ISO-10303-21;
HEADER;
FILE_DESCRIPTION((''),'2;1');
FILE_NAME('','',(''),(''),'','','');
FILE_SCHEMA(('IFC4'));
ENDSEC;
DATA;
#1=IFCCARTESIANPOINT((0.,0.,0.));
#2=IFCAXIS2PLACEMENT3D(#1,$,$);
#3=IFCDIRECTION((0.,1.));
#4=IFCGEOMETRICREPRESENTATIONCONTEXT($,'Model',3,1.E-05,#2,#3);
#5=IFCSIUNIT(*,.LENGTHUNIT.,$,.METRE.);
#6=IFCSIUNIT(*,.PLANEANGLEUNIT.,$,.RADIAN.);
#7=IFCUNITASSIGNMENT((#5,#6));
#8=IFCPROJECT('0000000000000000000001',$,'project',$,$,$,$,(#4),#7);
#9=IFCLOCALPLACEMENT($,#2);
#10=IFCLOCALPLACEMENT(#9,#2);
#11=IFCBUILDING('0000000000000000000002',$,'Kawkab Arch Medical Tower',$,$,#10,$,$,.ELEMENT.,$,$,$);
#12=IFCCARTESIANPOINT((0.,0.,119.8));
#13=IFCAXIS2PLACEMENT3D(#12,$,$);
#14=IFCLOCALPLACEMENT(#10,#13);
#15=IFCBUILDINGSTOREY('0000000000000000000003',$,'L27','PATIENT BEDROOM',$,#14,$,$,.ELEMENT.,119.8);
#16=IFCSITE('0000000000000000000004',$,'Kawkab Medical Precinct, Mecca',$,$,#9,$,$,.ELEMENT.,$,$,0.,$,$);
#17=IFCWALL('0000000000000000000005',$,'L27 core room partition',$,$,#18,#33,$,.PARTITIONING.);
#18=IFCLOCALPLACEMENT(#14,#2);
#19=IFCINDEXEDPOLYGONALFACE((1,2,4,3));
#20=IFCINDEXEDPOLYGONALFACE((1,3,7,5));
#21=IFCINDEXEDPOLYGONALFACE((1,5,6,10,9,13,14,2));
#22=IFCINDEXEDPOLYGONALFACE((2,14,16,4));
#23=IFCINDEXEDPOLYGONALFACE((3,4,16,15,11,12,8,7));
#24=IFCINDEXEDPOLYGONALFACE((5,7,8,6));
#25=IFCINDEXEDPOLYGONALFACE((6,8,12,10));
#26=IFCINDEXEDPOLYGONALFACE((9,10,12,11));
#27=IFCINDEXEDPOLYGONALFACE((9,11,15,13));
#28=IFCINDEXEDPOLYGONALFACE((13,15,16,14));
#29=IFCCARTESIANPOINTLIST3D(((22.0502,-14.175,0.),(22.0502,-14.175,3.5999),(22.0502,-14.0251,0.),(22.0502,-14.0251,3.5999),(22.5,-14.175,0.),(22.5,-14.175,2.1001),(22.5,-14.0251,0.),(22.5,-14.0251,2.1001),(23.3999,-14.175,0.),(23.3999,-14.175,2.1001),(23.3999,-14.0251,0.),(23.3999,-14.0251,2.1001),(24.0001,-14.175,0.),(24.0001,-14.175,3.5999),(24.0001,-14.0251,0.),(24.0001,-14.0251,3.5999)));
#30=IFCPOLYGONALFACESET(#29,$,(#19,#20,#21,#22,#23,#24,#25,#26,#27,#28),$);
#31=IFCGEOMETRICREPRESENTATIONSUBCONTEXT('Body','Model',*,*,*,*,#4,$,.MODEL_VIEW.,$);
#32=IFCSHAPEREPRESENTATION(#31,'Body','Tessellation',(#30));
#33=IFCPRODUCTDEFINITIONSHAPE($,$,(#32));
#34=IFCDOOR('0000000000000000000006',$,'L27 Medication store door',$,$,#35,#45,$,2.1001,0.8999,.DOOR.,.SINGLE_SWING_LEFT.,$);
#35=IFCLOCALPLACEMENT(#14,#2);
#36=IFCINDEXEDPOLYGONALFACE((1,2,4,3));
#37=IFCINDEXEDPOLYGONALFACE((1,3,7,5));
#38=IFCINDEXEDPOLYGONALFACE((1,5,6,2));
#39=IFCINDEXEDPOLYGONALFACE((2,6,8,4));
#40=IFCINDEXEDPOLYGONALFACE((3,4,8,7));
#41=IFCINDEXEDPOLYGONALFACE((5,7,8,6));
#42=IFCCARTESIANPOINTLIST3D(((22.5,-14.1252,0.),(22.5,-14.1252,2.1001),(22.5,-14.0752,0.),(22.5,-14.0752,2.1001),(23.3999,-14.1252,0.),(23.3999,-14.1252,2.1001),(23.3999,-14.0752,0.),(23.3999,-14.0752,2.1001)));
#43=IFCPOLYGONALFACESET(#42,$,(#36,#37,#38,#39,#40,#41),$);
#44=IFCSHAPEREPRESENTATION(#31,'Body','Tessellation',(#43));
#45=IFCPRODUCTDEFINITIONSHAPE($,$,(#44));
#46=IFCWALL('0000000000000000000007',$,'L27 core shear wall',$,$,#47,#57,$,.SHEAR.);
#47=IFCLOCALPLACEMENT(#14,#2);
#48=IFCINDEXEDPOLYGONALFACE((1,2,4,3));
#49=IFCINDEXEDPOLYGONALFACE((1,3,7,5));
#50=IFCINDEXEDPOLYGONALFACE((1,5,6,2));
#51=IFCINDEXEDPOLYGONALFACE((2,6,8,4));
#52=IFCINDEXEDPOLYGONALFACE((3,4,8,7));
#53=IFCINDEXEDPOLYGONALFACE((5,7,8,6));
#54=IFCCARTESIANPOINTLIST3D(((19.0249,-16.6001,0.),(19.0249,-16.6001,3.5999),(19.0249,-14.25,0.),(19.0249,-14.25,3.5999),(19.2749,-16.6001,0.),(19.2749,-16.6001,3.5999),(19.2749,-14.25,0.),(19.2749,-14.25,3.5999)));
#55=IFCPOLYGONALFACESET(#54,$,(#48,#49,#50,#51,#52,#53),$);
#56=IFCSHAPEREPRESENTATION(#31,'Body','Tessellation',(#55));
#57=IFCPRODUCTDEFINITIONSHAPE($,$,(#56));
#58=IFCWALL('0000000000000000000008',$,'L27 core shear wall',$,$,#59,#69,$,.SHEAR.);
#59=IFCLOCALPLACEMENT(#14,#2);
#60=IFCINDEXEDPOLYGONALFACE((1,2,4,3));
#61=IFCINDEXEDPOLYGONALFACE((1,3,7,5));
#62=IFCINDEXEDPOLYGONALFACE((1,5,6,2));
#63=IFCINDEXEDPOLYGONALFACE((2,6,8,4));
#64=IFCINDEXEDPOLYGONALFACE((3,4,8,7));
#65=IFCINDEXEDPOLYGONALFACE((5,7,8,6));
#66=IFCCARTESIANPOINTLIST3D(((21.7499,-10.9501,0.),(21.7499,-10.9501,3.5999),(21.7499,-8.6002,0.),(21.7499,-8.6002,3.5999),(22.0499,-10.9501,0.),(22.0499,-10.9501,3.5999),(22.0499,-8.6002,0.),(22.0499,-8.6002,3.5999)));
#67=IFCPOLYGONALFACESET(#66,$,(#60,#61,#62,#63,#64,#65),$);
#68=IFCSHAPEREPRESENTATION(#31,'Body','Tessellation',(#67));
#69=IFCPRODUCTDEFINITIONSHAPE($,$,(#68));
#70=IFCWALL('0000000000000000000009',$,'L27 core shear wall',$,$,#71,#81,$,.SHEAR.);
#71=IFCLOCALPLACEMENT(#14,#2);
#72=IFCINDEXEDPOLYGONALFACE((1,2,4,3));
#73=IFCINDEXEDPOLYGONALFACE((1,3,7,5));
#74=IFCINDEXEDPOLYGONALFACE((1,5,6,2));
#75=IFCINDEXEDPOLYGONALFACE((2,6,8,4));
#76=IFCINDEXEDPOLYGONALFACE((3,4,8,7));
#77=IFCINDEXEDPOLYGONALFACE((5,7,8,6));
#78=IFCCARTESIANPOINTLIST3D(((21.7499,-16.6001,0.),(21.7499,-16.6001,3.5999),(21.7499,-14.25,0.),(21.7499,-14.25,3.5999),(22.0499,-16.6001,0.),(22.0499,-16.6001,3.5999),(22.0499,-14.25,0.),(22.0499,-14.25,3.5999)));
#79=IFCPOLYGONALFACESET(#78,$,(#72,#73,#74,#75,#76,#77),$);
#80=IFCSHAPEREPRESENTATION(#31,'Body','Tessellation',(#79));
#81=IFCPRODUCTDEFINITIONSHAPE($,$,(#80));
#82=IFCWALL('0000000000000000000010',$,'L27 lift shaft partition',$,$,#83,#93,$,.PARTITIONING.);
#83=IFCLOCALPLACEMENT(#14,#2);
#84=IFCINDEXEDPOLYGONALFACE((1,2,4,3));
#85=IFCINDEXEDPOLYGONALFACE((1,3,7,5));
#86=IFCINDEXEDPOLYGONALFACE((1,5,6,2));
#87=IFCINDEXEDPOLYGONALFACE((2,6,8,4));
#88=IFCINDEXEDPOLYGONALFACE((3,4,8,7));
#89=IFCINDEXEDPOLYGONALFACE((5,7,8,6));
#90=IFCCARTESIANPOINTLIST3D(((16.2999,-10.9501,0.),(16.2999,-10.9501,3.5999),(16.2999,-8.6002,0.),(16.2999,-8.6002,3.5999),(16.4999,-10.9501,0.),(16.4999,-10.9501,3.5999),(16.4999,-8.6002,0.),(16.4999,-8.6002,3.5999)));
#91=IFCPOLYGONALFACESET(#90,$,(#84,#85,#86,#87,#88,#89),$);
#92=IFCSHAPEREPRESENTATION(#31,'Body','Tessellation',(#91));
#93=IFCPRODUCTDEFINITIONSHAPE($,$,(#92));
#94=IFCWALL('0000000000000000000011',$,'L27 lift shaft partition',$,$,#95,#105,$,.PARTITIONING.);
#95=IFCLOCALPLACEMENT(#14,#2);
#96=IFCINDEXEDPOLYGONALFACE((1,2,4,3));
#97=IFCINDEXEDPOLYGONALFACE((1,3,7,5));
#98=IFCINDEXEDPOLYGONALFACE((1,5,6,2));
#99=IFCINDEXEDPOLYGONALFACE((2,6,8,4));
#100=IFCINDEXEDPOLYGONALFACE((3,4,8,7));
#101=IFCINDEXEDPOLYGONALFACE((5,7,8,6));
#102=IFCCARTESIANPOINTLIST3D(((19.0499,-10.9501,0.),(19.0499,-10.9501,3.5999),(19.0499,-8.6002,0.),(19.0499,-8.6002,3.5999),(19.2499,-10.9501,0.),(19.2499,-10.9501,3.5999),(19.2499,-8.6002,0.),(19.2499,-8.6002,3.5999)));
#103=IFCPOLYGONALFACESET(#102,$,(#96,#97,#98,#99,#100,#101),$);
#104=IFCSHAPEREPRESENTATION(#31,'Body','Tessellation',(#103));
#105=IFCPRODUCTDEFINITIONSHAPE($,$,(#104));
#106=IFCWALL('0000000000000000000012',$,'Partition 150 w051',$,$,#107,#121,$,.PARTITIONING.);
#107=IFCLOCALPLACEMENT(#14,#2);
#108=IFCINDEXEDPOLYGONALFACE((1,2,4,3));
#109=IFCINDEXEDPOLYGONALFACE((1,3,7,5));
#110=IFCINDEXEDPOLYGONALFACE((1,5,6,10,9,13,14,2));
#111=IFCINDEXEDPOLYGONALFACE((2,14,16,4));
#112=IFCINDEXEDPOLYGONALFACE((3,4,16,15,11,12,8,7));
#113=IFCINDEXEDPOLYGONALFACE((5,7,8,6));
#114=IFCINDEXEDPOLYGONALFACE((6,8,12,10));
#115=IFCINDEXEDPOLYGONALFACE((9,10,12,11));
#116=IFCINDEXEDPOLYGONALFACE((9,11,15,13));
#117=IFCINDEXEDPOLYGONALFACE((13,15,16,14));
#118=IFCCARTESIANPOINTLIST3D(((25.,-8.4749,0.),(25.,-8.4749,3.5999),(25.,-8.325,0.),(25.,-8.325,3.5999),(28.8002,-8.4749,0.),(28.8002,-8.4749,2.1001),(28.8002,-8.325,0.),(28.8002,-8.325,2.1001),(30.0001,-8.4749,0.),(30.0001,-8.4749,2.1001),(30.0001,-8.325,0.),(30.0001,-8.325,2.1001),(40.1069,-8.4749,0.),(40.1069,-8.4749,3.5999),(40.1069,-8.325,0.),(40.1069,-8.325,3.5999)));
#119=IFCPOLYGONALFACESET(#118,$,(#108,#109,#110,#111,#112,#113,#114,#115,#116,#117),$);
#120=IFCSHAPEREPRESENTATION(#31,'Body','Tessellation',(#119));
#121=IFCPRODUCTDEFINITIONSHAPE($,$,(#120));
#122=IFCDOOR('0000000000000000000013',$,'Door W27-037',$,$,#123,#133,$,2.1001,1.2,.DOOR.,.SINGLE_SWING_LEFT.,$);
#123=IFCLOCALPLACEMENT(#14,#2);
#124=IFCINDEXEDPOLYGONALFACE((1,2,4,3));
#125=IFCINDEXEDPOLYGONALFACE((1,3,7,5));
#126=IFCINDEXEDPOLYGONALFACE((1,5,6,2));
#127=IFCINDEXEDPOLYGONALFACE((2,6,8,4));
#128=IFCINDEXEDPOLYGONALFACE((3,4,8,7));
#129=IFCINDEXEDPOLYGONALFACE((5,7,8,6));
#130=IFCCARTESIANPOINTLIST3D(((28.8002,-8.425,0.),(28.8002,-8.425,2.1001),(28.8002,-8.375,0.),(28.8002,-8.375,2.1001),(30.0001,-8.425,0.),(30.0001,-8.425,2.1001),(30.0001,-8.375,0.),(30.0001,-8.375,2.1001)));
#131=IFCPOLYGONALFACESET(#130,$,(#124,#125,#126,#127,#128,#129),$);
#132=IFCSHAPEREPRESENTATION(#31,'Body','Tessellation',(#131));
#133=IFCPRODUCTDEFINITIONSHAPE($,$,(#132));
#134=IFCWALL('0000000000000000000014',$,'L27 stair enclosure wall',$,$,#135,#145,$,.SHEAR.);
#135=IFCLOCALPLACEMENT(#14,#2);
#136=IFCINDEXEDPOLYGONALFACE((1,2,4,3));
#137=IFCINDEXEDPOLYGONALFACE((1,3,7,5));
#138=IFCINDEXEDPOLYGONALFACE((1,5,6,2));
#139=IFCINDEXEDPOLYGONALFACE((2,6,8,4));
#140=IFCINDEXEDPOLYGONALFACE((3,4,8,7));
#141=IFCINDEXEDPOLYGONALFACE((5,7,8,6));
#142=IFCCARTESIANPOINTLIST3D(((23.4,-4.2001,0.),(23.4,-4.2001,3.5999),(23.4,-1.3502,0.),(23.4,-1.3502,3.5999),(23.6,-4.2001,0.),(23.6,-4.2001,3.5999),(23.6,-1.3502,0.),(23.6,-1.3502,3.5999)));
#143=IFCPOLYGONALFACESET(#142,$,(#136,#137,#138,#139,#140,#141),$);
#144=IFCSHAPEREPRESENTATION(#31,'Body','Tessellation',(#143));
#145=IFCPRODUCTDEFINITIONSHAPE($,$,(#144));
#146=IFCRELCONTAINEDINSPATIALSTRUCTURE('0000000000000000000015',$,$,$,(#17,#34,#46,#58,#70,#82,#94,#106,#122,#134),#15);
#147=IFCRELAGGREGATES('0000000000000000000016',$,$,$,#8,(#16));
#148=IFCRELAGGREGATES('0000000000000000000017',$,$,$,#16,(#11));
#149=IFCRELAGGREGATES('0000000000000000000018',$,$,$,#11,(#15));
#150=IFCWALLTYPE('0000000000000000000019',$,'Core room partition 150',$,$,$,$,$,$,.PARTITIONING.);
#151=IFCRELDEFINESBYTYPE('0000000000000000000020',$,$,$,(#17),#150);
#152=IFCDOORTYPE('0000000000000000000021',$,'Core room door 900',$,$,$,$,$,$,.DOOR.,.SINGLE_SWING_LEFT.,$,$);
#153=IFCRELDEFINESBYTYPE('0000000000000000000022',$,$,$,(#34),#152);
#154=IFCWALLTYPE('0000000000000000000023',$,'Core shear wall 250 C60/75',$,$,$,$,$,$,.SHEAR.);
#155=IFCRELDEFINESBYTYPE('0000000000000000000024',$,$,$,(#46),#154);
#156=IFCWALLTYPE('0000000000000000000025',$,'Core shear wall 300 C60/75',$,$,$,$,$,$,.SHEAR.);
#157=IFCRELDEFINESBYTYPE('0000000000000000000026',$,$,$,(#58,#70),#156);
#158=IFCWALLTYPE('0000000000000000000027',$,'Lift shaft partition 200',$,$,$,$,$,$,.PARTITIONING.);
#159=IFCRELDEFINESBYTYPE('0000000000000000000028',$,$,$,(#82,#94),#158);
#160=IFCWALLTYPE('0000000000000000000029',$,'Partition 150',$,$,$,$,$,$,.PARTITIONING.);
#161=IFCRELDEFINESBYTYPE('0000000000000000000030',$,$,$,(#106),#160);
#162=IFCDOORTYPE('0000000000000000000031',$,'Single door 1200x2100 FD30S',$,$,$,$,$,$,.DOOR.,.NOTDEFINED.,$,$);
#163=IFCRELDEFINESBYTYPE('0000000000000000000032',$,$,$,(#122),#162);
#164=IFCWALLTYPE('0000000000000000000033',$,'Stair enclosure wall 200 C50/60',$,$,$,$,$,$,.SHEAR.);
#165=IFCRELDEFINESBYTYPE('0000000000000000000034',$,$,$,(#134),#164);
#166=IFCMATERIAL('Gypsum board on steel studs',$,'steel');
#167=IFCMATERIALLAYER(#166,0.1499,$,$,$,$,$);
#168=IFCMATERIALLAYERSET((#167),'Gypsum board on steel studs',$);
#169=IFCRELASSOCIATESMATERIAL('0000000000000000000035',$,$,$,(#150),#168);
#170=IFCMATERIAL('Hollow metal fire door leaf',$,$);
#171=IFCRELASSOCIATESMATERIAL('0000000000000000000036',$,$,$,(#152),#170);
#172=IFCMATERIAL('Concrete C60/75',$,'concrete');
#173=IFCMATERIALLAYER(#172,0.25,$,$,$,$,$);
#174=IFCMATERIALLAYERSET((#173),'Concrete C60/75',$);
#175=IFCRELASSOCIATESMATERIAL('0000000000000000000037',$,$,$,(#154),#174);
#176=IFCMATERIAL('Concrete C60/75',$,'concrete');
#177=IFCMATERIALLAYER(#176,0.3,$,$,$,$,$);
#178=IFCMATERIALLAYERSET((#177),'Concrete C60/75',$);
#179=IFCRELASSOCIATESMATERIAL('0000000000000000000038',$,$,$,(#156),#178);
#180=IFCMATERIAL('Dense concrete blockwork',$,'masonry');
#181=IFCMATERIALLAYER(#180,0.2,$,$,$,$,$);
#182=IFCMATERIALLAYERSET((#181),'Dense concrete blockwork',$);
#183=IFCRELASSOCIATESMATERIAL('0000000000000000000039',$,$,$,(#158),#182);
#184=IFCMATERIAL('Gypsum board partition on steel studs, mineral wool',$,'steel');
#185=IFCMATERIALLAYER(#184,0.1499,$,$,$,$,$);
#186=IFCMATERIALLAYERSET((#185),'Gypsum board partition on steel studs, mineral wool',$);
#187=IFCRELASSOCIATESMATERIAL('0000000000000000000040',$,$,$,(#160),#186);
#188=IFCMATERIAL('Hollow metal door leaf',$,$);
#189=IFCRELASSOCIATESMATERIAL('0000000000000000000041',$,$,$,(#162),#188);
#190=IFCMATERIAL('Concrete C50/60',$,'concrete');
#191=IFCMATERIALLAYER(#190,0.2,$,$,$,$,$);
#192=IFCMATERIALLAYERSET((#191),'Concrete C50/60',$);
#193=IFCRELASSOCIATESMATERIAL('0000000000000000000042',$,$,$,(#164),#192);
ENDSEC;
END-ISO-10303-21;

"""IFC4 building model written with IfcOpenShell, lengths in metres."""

from ifc_helpers import new_model, si_unit, direction, frame, frame_2d, origin, place, context, subcontext, project, spatial, rectangle, extrude, material, layer, layer_set, type_object, element, fill, save


model = new_model("IFC4")

# Units and contexts
model_context = context("Model", 3, precision=1e-05, world=origin(), true_north=direction((0.0, 1.0)))
body_context = subcontext(model_context, "Body", "Model", "MODEL_VIEW")
ifc_project = project(units=[si_unit("LENGTHUNIT", "METRE"), si_unit("PLANEANGLEUNIT", "RADIAN")], contexts=[model_context])

# Site, building, storey
site_placement = place(None, origin())
site = spatial("IfcSite", under=ifc_project, at=site_placement, Name="Kawkab Medical Precinct, Mecca", CompositionType="ELEMENT", RefElevation=0.0)
building_placement = place(site_placement, origin())
building = spatial("IfcBuilding", under=site, at=building_placement, Name="Kawkab Arch Medical Tower", CompositionType="ELEMENT")
storey_placement = place(building_placement, frame((0.0, 0.0, 119.8)))
storey = spatial("IfcBuildingStorey", under=building, at=storey_placement, Name="L27", Description="PATIENT BEDROOM", CompositionType="ELEMENT", Elevation=119.8)

# Wall, opening, door
ifc_material_1 = material(Name="Gypsum board on steel studs", Category="steel")
ifc_layer_1 = layer(ifc_material_1, 0.1499)
ifc_layer_set_1 = layer_set([ifc_layer_1], Name="Gypsum board on steel studs")
wall_type_1 = type_object("IfcWallType", Name="Core room partition 150", PredefinedType="PARTITIONING", material=ifc_layer_set_1)
wall_1_placement = place(storey_placement, frame((22.05, -14.1001, 0.0), z_axis=(0.0, 0.0, 1.0), x_axis=(1.0, 0.0, 0.0)))
wall_1 = element("IfcWall", 1, at=wall_1_placement, inside=storey, type_object=wall_type_1, Name="L27 core room partition", PredefinedType="PARTITIONING", context=body_context, shape_type="SweptSolid", body=[
    extrude(rectangle(XDim=1.95, YDim=0.1499, at=frame_2d((0.9751, 0.0))), origin(), (0.0, 0.0, 1.0), 3.5999),
])
opening_1_placement = place(wall_1_placement, frame((0.45, 0.0, 0.0)))
opening_1 = element("IfcOpeningElement", 2, at=opening_1_placement, cuts=wall_1, PredefinedType="OPENING", context=body_context, shape_type="SweptSolid", body=[
    extrude(rectangle(XDim=0.8999, YDim=2.1001, at=frame_2d((0.45, 1.05))), frame((0.0, 0.085, 0.0), z_axis=(0.0, -1.0, 0.0), x_axis=(1.0, 0.0, 0.0)), (0.0, 0.0, 1.0), 0.1699),
])
ifc_material_2 = material(Name="Hollow metal fire door leaf")
door_type_1 = type_object("IfcDoorType", Name="Core room door 900", OperationType="SINGLE_SWING_LEFT", PredefinedType="DOOR", material=ifc_material_2)
door_1_placement = place(opening_1_placement, origin())
door_1 = element("IfcDoor", 3, at=door_1_placement, inside=storey, type_object=door_type_1, Name="L27 Medication store door", OperationType="SINGLE_SWING_LEFT", OverallHeight=2.1001, OverallWidth=0.8999, PredefinedType="DOOR", context=body_context, shape_type="SweptSolid", body=[
    extrude(rectangle(XDim=0.8999, YDim=2.1001, at=frame_2d((0.45, 1.05))), frame((0.0, 0.0249, 0.0), z_axis=(0.0, -1.0, 0.0), x_axis=(1.0, 0.0, 0.0)), (0.0, 0.0, 1.0), 0.05),
])
fill(opening_1, door_1)

# Walls
ifc_material_3 = material(Name="Concrete C60/75", Category="concrete")
ifc_layer_2 = layer(ifc_material_3, 0.25)
ifc_layer_set_2 = layer_set([ifc_layer_2], Name="Concrete C60/75")
wall_type_2 = type_object("IfcWallType", Name="Core shear wall 250 C60/75", PredefinedType="SHEAR", material=ifc_layer_set_2)
wall_2_placement = place(storey_placement, frame((19.1499, -16.6001, 0.0), z_axis=(0.0, 0.0, 1.0), x_axis=(0.0, 1.0, 0.0)))
element("IfcWall", 4, at=wall_2_placement, inside=storey, type_object=wall_type_2, Name="L27 core shear wall", PredefinedType="SHEAR", context=body_context, shape_type="SweptSolid", body=[
    extrude(rectangle(XDim=2.3501, YDim=0.25, at=frame_2d((1.175, 0.0))), origin(), (0.0, 0.0, 1.0), 3.5999),
])
ifc_material_4 = material(Name="Concrete C60/75", Category="concrete")
ifc_layer_3 = layer(ifc_material_4, 0.3)
ifc_layer_set_3 = layer_set([ifc_layer_3], Name="Concrete C60/75")
wall_type_3 = type_object("IfcWallType", Name="Core shear wall 300 C60/75", PredefinedType="SHEAR", material=ifc_layer_set_3)
wall_3_placement = place(storey_placement, frame((21.8999, -10.95, 0.0), z_axis=(0.0, 0.0, 1.0), x_axis=(0.0, 1.0, 0.0)))
element("IfcWall", 5, at=wall_3_placement, inside=storey, type_object=wall_type_3, Name="L27 core shear wall", PredefinedType="SHEAR", context=body_context, shape_type="SweptSolid", body=[
    extrude(rectangle(XDim=2.3499, YDim=0.3, at=frame_2d((1.1748, 0.0))), origin(), (0.0, 0.0, 1.0), 3.5999),
])
wall_4_placement = place(storey_placement, frame((21.8999, -16.6001, 0.0), z_axis=(0.0, 0.0, 1.0), x_axis=(0.0, 1.0, 0.0)))
element("IfcWall", 6, at=wall_4_placement, inside=storey, type_object=wall_type_3, Name="L27 core shear wall", PredefinedType="SHEAR", context=body_context, shape_type="SweptSolid", body=[
    extrude(rectangle(XDim=2.3501, YDim=0.3, at=frame_2d((1.175, 0.0))), origin(), (0.0, 0.0, 1.0), 3.5999),
])
ifc_material_5 = material(Name="Dense concrete blockwork", Category="masonry")
ifc_layer_4 = layer(ifc_material_5, 0.2)
ifc_layer_set_4 = layer_set([ifc_layer_4], Name="Dense concrete blockwork")
wall_type_4 = type_object("IfcWallType", Name="Lift shaft partition 200", PredefinedType="PARTITIONING", material=ifc_layer_set_4)
for number, where, z_axis, x_axis, name in (
    (7, (16.3999, -10.95, 0.0), (0.0, 0.0, 1.0), (0.0, 1.0, 0.0), "L27 lift shaft partition"),
    (8, (19.1499, -10.95, 0.0), (0.0, 0.0, 1.0), (0.0, 1.0, 0.0), "L27 lift shaft partition"),
):
    element("IfcWall", number, at=place(storey_placement, frame(where, z_axis=z_axis, x_axis=x_axis)), inside=storey, type_object=wall_type_4, Name=name, PredefinedType="PARTITIONING", context=body_context, shape_type="SweptSolid", body=[
        extrude(rectangle(XDim=2.3499, YDim=0.2, at=frame_2d((1.1748, 0.0))), origin(), (0.0, 0.0, 1.0), 3.5999),
    ])

# Wall, opening, door
ifc_material_6 = material(Name="Gypsum board partition on steel studs, mineral wool", Category="steel")
ifc_layer_5 = layer(ifc_material_6, 0.1499)
ifc_layer_set_5 = layer_set([ifc_layer_5], Name="Gypsum board partition on steel studs, mineral wool")
wall_type_5 = type_object("IfcWallType", Name="Partition 150", PredefinedType="PARTITIONING", material=ifc_layer_set_5)
wall_5_placement = place(storey_placement, frame((25.0, -8.3999, 0.0), z_axis=(0.0, 0.0, 1.0), x_axis=(1.0, 0.0, 0.0)))
wall_5 = element("IfcWall", 9, at=wall_5_placement, inside=storey, type_object=wall_type_5, Name="Partition 150 w051", PredefinedType="PARTITIONING", context=body_context, shape_type="SweptSolid", body=[
    extrude(rectangle(XDim=15.1069, YDim=0.1499, at=frame_2d((7.5535, 0.0))), origin(), (0.0, 0.0, 1.0), 3.5999),
])
opening_2_placement = place(wall_5_placement, frame((3.8, 0.0, 0.0)))
opening_2 = element("IfcOpeningElement", 10, at=opening_2_placement, cuts=wall_5, PredefinedType="OPENING", context=body_context, shape_type="SweptSolid", body=[
    extrude(rectangle(XDim=1.2, YDim=2.1001, at=frame_2d((0.6001, 1.05))), frame((0.0, 0.085, 0.0), z_axis=(0.0, -1.0, 0.0), x_axis=(1.0, 0.0, 0.0)), (0.0, 0.0, 1.0), 0.1699),
])
ifc_material_7 = material(Name="Hollow metal door leaf")
door_type_2 = type_object("IfcDoorType", Name="Single door 1200x2100 FD30S", OperationType="NOTDEFINED", PredefinedType="DOOR", material=ifc_material_7)
door_2_placement = place(opening_2_placement, origin())
door_2 = element("IfcDoor", 11, at=door_2_placement, inside=storey, type_object=door_type_2, Name="Door W27-037", OperationType="SINGLE_SWING_LEFT", OverallHeight=2.1001, OverallWidth=1.2, PredefinedType="DOOR", context=body_context, shape_type="SweptSolid", body=[
    extrude(rectangle(XDim=1.2, YDim=2.1001, at=frame_2d((0.6001, 1.05))), frame((0.0, 0.0249, 0.0), z_axis=(0.0, -1.0, 0.0), x_axis=(1.0, 0.0, 0.0)), (0.0, 0.0, 1.0), 0.05),
])
fill(opening_2, door_2)

# Wall
ifc_material_8 = material(Name="Concrete C50/60", Category="concrete")
ifc_layer_6 = layer(ifc_material_8, 0.2)
ifc_layer_set_6 = layer_set([ifc_layer_6], Name="Concrete C50/60")
wall_type_6 = type_object("IfcWallType", Name="Stair enclosure wall 200 C50/60", PredefinedType="SHEAR", material=ifc_layer_set_6)
wall_6_placement = place(storey_placement, frame((23.5, -4.2, 0.0), z_axis=(0.0, 0.0, 1.0), x_axis=(0.0, 1.0, 0.0)))
element("IfcWall", 12, at=wall_6_placement, inside=storey, type_object=wall_type_6, Name="L27 stair enclosure wall", PredefinedType="SHEAR", context=body_context, shape_type="SweptSolid", body=[
    extrude(rectangle(XDim=2.8499, YDim=0.2, at=frame_2d((1.4248, 0.0))), origin(), (0.0, 0.0, 1.0), 3.5999),
])

save(model, "model.ifc")
